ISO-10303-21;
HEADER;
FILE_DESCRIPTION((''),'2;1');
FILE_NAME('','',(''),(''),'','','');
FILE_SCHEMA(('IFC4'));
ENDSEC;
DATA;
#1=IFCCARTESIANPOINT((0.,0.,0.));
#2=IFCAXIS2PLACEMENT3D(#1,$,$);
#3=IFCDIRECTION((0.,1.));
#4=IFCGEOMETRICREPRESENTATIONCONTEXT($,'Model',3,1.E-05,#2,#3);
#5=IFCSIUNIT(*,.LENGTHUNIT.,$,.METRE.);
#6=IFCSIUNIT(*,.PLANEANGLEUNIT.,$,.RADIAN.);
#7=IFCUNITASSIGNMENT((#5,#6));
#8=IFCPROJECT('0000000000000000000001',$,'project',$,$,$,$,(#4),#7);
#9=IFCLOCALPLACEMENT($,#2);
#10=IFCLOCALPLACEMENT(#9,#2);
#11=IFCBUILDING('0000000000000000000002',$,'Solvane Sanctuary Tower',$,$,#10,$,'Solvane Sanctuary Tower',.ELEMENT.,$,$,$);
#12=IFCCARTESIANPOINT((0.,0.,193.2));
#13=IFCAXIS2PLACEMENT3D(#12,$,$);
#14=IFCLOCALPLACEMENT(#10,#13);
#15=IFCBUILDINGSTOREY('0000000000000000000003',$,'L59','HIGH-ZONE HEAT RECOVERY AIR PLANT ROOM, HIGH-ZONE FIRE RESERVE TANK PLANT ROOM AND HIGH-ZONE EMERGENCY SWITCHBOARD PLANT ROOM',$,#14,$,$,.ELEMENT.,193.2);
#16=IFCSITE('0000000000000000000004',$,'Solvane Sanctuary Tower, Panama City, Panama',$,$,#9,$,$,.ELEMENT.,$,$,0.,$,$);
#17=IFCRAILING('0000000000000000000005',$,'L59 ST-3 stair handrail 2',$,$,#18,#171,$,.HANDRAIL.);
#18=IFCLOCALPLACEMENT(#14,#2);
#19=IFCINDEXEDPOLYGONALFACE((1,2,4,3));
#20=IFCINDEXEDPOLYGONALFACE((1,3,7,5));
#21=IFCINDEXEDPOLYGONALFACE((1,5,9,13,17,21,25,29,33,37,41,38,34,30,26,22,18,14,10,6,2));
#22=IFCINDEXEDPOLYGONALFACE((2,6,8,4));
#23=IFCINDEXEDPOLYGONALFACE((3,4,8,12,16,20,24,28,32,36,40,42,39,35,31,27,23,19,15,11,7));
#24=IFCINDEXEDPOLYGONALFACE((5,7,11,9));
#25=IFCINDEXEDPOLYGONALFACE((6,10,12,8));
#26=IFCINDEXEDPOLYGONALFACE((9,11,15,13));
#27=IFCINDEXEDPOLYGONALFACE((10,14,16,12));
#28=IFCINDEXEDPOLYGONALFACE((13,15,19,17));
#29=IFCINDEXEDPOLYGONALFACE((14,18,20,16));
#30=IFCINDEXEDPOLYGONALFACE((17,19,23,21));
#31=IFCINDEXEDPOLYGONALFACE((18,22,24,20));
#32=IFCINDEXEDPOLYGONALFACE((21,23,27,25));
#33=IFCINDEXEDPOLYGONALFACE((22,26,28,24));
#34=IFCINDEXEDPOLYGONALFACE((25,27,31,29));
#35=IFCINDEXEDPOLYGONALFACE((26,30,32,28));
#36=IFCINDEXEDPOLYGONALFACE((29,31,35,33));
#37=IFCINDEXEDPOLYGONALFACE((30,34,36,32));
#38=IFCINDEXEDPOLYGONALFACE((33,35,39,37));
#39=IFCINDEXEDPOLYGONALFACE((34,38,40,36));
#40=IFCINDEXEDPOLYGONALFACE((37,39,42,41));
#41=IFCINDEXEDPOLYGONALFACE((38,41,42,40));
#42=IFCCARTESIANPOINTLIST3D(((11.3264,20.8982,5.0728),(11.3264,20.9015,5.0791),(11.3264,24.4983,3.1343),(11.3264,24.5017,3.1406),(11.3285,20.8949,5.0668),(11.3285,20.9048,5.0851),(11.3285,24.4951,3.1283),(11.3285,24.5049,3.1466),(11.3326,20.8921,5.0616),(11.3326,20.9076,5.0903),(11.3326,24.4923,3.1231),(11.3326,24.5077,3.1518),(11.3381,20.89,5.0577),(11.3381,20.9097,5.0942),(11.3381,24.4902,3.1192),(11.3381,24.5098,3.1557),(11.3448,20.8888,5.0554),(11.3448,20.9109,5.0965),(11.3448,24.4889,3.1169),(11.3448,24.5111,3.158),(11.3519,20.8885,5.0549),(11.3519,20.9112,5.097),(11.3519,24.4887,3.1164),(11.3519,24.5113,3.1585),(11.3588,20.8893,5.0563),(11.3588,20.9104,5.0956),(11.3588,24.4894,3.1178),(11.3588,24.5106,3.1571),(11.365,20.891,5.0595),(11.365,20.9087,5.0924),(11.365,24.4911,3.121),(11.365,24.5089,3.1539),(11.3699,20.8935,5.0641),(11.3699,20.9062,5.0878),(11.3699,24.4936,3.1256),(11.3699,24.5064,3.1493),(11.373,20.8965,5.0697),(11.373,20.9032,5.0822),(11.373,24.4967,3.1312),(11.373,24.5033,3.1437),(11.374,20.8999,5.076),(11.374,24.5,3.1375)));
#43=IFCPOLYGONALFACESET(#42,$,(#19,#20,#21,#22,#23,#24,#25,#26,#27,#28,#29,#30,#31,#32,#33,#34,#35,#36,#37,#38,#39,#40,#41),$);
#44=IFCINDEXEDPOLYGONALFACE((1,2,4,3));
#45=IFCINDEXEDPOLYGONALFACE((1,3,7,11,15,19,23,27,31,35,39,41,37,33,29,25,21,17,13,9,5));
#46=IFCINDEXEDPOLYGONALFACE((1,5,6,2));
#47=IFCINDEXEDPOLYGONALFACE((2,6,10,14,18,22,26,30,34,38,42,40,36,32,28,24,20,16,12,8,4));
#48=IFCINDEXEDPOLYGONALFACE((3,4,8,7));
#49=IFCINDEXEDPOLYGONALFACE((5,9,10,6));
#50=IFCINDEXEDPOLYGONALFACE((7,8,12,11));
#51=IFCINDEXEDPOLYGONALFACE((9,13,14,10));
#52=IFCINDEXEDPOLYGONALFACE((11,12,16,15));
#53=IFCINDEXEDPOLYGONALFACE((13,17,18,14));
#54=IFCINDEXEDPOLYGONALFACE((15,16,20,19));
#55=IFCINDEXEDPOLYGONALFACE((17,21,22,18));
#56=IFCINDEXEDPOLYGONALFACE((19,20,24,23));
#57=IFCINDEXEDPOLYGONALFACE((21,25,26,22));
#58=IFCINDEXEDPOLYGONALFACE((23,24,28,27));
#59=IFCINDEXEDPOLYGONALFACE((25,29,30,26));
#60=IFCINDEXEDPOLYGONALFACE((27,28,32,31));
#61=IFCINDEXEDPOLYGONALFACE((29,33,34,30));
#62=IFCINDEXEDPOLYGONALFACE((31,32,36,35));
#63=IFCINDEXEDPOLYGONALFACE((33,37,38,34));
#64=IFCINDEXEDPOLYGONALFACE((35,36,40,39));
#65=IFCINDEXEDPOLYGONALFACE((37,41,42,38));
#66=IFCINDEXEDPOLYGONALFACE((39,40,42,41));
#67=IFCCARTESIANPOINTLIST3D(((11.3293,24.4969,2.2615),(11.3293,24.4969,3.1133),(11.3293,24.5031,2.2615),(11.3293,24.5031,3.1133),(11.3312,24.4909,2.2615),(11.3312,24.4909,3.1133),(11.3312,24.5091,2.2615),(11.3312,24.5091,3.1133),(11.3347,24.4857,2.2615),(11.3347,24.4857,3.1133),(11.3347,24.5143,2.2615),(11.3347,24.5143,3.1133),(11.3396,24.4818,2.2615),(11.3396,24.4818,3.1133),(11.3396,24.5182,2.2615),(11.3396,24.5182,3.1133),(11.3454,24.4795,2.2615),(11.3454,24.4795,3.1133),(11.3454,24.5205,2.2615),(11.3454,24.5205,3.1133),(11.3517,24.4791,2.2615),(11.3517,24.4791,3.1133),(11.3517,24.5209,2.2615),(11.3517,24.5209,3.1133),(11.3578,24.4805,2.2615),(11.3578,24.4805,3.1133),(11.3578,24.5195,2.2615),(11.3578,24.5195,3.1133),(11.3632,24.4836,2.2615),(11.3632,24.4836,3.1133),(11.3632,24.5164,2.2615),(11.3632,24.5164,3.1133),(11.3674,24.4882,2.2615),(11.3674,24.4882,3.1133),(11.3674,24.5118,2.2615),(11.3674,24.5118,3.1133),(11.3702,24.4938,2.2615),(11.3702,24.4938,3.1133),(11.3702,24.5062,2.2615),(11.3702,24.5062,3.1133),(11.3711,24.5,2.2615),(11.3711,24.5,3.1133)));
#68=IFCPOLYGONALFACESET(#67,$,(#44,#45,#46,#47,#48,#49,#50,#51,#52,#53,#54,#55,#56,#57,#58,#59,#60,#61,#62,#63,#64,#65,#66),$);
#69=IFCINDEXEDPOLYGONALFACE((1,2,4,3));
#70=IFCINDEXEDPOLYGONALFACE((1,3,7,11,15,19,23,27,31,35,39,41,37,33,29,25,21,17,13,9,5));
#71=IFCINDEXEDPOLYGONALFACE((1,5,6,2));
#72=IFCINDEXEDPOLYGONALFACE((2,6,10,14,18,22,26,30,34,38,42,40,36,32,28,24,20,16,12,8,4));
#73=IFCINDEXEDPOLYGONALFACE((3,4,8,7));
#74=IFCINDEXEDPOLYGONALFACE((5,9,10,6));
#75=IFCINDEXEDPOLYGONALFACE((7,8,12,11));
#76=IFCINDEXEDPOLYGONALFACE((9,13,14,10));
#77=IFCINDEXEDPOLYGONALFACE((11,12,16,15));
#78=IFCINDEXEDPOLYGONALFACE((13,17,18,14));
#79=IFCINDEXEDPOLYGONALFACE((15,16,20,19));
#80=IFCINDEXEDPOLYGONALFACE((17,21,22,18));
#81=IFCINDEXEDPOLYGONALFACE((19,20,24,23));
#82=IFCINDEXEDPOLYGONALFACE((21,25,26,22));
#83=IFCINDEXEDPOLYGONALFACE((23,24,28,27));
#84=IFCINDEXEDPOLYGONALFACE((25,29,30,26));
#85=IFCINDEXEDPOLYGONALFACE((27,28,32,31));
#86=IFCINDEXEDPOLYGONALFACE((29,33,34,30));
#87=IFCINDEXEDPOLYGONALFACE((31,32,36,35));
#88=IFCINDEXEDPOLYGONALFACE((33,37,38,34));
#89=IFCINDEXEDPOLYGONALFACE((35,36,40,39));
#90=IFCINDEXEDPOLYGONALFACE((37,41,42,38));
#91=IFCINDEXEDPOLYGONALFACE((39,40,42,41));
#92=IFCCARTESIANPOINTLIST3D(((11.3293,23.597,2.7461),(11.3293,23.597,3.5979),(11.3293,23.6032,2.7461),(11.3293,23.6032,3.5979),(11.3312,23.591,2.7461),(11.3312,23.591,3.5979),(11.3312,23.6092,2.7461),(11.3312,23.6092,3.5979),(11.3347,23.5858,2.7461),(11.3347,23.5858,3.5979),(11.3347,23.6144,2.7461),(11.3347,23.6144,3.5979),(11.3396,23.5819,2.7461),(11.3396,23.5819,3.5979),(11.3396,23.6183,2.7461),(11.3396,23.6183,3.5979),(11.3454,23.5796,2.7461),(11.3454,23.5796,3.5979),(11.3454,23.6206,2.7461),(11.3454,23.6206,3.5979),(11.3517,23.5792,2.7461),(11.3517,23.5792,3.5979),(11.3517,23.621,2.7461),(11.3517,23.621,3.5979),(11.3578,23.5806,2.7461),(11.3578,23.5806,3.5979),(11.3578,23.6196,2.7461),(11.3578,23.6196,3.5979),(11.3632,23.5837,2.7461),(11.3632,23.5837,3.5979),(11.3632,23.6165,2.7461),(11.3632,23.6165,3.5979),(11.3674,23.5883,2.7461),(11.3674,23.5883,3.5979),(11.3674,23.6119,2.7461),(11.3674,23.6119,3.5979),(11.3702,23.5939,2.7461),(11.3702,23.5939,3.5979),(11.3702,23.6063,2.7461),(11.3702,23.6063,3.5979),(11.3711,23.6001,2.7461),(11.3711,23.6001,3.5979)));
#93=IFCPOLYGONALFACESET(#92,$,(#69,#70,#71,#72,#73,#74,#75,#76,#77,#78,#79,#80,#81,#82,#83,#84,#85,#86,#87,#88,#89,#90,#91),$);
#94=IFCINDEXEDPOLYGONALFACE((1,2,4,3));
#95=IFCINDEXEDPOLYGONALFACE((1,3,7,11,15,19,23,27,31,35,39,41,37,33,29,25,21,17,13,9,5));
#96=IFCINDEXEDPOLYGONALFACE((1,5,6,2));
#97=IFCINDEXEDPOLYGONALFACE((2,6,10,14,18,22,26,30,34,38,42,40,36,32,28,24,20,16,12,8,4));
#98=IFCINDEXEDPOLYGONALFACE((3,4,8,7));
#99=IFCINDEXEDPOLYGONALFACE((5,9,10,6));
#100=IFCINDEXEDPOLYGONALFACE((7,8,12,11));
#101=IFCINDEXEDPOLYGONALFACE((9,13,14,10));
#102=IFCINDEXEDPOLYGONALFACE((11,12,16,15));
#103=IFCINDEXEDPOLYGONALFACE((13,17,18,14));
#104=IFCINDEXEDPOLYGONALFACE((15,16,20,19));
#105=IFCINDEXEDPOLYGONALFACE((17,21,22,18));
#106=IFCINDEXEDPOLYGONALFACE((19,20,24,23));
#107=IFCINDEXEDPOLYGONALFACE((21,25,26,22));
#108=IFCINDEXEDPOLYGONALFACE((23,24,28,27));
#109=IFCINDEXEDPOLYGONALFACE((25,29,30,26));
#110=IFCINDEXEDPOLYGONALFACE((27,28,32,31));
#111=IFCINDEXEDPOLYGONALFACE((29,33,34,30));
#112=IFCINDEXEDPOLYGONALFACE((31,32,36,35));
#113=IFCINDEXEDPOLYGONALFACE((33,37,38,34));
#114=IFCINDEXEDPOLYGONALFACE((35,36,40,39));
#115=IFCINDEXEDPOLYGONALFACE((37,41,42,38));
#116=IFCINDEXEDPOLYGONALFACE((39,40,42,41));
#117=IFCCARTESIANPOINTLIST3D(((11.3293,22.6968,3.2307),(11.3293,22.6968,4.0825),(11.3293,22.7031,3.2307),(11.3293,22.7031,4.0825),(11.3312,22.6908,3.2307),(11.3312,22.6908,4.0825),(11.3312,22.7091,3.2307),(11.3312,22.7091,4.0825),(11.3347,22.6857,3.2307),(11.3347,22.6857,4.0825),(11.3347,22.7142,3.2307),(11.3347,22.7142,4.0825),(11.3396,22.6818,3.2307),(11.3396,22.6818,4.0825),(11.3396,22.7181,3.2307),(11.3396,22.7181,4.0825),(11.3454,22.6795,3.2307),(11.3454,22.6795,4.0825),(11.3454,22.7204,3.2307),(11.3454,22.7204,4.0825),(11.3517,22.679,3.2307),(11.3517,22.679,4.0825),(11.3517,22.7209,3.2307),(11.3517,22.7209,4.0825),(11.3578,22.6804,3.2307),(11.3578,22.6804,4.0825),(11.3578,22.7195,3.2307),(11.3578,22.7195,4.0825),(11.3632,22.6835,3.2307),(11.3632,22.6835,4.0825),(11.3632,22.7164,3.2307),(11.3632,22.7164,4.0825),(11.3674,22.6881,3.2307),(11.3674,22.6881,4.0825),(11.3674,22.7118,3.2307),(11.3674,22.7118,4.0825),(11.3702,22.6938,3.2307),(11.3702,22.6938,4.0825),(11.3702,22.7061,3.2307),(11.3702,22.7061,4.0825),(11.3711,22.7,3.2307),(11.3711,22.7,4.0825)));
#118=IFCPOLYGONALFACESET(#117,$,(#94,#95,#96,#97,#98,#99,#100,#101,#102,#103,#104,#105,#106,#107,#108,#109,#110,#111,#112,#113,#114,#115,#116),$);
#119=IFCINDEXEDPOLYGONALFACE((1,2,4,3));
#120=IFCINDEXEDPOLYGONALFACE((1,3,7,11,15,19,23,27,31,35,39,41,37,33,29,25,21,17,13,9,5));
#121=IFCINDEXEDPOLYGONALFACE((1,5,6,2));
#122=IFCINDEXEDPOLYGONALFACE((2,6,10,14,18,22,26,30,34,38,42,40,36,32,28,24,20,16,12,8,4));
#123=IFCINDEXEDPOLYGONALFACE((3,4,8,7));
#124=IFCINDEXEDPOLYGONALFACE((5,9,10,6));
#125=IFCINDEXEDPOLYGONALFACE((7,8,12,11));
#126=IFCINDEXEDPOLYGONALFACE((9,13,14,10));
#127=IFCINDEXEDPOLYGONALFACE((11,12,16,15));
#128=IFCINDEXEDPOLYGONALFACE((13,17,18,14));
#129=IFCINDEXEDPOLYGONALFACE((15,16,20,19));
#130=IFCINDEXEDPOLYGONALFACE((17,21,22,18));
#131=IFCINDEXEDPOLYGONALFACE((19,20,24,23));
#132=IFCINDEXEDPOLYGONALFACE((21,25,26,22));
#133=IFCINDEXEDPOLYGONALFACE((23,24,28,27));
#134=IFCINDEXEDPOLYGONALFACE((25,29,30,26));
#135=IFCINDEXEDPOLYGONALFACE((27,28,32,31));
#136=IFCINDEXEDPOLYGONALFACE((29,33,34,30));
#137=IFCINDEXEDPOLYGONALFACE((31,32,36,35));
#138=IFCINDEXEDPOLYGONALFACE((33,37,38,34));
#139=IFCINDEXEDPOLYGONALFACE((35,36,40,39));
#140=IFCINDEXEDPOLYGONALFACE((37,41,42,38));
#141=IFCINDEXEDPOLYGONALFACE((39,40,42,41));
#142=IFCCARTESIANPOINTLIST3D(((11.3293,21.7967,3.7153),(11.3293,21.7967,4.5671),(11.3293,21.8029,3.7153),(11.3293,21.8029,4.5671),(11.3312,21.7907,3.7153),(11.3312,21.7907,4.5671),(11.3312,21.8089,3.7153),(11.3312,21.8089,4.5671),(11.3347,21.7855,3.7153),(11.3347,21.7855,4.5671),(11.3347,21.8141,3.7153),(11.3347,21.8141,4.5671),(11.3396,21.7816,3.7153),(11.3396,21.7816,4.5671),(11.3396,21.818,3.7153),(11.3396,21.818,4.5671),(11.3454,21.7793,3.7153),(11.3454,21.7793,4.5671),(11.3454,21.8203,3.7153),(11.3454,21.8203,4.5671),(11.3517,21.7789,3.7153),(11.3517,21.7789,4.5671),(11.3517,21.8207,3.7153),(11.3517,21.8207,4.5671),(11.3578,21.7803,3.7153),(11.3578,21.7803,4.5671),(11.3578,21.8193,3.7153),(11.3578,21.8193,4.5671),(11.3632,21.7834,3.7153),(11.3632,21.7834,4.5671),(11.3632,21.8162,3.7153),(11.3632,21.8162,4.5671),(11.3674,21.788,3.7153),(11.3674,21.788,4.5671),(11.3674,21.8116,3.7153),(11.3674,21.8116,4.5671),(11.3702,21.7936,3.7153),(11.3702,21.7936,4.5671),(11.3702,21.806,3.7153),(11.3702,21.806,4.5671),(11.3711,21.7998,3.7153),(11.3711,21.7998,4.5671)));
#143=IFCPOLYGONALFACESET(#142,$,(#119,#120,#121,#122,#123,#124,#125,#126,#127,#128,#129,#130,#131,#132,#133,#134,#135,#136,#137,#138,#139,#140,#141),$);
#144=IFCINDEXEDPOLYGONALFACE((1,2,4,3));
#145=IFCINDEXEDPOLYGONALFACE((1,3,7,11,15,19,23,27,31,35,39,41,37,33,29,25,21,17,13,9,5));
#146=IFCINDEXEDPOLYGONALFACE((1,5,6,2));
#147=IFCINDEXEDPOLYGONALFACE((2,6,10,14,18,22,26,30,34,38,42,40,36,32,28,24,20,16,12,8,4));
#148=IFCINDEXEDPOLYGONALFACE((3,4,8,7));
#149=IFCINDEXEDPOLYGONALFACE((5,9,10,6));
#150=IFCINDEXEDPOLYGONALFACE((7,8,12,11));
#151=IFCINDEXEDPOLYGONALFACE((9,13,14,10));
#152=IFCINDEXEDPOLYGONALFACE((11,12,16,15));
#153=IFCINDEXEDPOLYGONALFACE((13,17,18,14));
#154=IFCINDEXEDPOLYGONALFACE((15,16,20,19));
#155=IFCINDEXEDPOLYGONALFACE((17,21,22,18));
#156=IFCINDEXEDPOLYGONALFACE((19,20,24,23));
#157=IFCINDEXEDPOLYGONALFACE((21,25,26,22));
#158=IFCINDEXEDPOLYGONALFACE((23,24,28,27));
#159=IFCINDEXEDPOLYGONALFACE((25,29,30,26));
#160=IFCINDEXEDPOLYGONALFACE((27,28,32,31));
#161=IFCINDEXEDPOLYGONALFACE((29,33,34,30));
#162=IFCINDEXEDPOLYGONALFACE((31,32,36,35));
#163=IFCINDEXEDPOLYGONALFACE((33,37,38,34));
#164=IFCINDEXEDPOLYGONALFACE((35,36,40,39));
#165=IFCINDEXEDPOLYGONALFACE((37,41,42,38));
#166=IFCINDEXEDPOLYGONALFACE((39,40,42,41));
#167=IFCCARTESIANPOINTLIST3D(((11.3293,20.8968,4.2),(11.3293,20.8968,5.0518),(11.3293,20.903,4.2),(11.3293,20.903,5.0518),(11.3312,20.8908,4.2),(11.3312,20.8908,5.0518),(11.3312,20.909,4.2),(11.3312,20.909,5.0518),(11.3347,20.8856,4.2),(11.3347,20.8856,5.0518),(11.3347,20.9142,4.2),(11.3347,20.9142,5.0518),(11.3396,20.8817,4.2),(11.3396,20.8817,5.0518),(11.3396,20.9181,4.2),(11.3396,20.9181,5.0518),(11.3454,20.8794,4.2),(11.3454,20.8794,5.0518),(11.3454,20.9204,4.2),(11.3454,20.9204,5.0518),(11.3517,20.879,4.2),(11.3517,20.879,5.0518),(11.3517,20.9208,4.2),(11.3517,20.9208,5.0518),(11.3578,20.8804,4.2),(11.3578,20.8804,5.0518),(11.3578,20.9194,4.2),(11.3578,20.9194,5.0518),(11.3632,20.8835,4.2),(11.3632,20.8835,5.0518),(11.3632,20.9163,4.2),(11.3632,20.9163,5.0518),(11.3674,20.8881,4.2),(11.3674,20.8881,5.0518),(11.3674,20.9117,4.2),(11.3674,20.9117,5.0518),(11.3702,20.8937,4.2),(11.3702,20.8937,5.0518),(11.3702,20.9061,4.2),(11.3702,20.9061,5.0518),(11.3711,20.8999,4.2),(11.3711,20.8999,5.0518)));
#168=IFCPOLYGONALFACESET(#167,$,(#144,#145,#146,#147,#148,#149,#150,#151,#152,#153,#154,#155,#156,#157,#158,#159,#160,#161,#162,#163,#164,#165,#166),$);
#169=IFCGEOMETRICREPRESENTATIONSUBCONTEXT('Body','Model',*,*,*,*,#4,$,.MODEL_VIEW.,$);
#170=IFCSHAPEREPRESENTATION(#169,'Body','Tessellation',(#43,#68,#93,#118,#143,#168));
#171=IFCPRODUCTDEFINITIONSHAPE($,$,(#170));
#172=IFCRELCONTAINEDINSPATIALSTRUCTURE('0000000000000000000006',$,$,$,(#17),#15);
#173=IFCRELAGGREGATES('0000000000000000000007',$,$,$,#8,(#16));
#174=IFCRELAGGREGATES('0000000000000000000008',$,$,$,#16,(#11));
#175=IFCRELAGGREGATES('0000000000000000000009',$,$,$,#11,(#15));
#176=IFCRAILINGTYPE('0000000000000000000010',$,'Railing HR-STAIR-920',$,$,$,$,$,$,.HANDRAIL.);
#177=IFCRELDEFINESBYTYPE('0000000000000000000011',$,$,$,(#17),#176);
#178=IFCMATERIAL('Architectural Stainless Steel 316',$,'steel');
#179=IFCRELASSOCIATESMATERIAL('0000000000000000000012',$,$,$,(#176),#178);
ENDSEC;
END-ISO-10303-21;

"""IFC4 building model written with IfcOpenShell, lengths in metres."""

from ifc_helpers import new_model, si_unit, direction, frame, origin, origin_2d, place, context, subcontext, project, spatial, circle, extrude, material, type_object, element, save


model = new_model("IFC4")

# Units and contexts
model_context = context("Model", 3, precision=1e-05, world=origin(), true_north=direction((0.0, 1.0)))
body_context = subcontext(model_context, "Body", "Model", "MODEL_VIEW")
ifc_project = project(units=[si_unit("LENGTHUNIT", "METRE"), si_unit("PLANEANGLEUNIT", "RADIAN")], contexts=[model_context])

# Site, building, storey
site_placement = place(None, origin())
site = spatial("IfcSite", under=ifc_project, at=site_placement, Name="Solvane Sanctuary Tower, Panama City, Panama", CompositionType="ELEMENT", RefElevation=0.0)
building_placement = place(site_placement, origin())
building = spatial("IfcBuilding", under=site, at=building_placement, Name="Solvane Sanctuary Tower", LongName="Solvane Sanctuary Tower", CompositionType="ELEMENT")
storey_placement = place(building_placement, frame((0.0, 0.0, 193.2)))
storey = spatial("IfcBuildingStorey", under=building, at=storey_placement, Name="L59", Description="HIGH-ZONE HEAT RECOVERY AIR PLANT ROOM, HIGH-ZONE FIRE RESERVE TANK PLANT ROOM AND HIGH-ZONE EMERGENCY SWITCHBOARD PLANT ROOM", CompositionType="ELEMENT", Elevation=193.2)

# Shared definitions
ifc_material_1 = material(Name="Architectural Stainless Steel 316", Category="steel")

# Railing
railing_type_1 = type_object("IfcRailingType", Name="Railing HR-STAIR-920", PredefinedType="HANDRAIL", material=ifc_material_1)
for number, where, name in (
    (1, (11.3501, 24.5, 2.2615), "L59 ST-3 stair handrail 2"),
):
    element("IfcRailing", number, at=place(storey_placement, frame(where)), inside=storey, type_object=railing_type_1, Name=name, PredefinedType="HANDRAIL", context=body_context, shape_type="SweptSolid", body=[
        extrude(circle(Radius=0.0239, at=origin_2d()), frame((0.0, 0.0, 0.876), z_axis=(0.0, -0.880475, 0.474093), x_axis=(1.0, 0.0, 0.0)), (0.0, 0.0, 1.0), 4.0889),
        extrude(circle(Radius=0.021, at=origin_2d()), origin(), (0.0, 0.0, 1.0), 0.8518),
        extrude(circle(Radius=0.021, at=origin_2d()), frame((0.0, -0.8999, 0.4846)), (0.0, 0.0, 1.0), 0.8518),
        extrude(circle(Radius=0.021, at=origin_2d()), frame((0.0, -1.8, 0.9692)), (0.0, 0.0, 1.0), 0.8518),
        extrude(circle(Radius=0.021, at=origin_2d()), frame((0.0, -2.7002, 1.4539)), (0.0, 0.0, 1.0), 0.8518),
        extrude(circle(Radius=0.021, at=origin_2d()), frame((0.0, -3.6001, 1.9385)), (0.0, 0.0, 1.0), 0.8518),
    ])

save(model, "model.ifc")
